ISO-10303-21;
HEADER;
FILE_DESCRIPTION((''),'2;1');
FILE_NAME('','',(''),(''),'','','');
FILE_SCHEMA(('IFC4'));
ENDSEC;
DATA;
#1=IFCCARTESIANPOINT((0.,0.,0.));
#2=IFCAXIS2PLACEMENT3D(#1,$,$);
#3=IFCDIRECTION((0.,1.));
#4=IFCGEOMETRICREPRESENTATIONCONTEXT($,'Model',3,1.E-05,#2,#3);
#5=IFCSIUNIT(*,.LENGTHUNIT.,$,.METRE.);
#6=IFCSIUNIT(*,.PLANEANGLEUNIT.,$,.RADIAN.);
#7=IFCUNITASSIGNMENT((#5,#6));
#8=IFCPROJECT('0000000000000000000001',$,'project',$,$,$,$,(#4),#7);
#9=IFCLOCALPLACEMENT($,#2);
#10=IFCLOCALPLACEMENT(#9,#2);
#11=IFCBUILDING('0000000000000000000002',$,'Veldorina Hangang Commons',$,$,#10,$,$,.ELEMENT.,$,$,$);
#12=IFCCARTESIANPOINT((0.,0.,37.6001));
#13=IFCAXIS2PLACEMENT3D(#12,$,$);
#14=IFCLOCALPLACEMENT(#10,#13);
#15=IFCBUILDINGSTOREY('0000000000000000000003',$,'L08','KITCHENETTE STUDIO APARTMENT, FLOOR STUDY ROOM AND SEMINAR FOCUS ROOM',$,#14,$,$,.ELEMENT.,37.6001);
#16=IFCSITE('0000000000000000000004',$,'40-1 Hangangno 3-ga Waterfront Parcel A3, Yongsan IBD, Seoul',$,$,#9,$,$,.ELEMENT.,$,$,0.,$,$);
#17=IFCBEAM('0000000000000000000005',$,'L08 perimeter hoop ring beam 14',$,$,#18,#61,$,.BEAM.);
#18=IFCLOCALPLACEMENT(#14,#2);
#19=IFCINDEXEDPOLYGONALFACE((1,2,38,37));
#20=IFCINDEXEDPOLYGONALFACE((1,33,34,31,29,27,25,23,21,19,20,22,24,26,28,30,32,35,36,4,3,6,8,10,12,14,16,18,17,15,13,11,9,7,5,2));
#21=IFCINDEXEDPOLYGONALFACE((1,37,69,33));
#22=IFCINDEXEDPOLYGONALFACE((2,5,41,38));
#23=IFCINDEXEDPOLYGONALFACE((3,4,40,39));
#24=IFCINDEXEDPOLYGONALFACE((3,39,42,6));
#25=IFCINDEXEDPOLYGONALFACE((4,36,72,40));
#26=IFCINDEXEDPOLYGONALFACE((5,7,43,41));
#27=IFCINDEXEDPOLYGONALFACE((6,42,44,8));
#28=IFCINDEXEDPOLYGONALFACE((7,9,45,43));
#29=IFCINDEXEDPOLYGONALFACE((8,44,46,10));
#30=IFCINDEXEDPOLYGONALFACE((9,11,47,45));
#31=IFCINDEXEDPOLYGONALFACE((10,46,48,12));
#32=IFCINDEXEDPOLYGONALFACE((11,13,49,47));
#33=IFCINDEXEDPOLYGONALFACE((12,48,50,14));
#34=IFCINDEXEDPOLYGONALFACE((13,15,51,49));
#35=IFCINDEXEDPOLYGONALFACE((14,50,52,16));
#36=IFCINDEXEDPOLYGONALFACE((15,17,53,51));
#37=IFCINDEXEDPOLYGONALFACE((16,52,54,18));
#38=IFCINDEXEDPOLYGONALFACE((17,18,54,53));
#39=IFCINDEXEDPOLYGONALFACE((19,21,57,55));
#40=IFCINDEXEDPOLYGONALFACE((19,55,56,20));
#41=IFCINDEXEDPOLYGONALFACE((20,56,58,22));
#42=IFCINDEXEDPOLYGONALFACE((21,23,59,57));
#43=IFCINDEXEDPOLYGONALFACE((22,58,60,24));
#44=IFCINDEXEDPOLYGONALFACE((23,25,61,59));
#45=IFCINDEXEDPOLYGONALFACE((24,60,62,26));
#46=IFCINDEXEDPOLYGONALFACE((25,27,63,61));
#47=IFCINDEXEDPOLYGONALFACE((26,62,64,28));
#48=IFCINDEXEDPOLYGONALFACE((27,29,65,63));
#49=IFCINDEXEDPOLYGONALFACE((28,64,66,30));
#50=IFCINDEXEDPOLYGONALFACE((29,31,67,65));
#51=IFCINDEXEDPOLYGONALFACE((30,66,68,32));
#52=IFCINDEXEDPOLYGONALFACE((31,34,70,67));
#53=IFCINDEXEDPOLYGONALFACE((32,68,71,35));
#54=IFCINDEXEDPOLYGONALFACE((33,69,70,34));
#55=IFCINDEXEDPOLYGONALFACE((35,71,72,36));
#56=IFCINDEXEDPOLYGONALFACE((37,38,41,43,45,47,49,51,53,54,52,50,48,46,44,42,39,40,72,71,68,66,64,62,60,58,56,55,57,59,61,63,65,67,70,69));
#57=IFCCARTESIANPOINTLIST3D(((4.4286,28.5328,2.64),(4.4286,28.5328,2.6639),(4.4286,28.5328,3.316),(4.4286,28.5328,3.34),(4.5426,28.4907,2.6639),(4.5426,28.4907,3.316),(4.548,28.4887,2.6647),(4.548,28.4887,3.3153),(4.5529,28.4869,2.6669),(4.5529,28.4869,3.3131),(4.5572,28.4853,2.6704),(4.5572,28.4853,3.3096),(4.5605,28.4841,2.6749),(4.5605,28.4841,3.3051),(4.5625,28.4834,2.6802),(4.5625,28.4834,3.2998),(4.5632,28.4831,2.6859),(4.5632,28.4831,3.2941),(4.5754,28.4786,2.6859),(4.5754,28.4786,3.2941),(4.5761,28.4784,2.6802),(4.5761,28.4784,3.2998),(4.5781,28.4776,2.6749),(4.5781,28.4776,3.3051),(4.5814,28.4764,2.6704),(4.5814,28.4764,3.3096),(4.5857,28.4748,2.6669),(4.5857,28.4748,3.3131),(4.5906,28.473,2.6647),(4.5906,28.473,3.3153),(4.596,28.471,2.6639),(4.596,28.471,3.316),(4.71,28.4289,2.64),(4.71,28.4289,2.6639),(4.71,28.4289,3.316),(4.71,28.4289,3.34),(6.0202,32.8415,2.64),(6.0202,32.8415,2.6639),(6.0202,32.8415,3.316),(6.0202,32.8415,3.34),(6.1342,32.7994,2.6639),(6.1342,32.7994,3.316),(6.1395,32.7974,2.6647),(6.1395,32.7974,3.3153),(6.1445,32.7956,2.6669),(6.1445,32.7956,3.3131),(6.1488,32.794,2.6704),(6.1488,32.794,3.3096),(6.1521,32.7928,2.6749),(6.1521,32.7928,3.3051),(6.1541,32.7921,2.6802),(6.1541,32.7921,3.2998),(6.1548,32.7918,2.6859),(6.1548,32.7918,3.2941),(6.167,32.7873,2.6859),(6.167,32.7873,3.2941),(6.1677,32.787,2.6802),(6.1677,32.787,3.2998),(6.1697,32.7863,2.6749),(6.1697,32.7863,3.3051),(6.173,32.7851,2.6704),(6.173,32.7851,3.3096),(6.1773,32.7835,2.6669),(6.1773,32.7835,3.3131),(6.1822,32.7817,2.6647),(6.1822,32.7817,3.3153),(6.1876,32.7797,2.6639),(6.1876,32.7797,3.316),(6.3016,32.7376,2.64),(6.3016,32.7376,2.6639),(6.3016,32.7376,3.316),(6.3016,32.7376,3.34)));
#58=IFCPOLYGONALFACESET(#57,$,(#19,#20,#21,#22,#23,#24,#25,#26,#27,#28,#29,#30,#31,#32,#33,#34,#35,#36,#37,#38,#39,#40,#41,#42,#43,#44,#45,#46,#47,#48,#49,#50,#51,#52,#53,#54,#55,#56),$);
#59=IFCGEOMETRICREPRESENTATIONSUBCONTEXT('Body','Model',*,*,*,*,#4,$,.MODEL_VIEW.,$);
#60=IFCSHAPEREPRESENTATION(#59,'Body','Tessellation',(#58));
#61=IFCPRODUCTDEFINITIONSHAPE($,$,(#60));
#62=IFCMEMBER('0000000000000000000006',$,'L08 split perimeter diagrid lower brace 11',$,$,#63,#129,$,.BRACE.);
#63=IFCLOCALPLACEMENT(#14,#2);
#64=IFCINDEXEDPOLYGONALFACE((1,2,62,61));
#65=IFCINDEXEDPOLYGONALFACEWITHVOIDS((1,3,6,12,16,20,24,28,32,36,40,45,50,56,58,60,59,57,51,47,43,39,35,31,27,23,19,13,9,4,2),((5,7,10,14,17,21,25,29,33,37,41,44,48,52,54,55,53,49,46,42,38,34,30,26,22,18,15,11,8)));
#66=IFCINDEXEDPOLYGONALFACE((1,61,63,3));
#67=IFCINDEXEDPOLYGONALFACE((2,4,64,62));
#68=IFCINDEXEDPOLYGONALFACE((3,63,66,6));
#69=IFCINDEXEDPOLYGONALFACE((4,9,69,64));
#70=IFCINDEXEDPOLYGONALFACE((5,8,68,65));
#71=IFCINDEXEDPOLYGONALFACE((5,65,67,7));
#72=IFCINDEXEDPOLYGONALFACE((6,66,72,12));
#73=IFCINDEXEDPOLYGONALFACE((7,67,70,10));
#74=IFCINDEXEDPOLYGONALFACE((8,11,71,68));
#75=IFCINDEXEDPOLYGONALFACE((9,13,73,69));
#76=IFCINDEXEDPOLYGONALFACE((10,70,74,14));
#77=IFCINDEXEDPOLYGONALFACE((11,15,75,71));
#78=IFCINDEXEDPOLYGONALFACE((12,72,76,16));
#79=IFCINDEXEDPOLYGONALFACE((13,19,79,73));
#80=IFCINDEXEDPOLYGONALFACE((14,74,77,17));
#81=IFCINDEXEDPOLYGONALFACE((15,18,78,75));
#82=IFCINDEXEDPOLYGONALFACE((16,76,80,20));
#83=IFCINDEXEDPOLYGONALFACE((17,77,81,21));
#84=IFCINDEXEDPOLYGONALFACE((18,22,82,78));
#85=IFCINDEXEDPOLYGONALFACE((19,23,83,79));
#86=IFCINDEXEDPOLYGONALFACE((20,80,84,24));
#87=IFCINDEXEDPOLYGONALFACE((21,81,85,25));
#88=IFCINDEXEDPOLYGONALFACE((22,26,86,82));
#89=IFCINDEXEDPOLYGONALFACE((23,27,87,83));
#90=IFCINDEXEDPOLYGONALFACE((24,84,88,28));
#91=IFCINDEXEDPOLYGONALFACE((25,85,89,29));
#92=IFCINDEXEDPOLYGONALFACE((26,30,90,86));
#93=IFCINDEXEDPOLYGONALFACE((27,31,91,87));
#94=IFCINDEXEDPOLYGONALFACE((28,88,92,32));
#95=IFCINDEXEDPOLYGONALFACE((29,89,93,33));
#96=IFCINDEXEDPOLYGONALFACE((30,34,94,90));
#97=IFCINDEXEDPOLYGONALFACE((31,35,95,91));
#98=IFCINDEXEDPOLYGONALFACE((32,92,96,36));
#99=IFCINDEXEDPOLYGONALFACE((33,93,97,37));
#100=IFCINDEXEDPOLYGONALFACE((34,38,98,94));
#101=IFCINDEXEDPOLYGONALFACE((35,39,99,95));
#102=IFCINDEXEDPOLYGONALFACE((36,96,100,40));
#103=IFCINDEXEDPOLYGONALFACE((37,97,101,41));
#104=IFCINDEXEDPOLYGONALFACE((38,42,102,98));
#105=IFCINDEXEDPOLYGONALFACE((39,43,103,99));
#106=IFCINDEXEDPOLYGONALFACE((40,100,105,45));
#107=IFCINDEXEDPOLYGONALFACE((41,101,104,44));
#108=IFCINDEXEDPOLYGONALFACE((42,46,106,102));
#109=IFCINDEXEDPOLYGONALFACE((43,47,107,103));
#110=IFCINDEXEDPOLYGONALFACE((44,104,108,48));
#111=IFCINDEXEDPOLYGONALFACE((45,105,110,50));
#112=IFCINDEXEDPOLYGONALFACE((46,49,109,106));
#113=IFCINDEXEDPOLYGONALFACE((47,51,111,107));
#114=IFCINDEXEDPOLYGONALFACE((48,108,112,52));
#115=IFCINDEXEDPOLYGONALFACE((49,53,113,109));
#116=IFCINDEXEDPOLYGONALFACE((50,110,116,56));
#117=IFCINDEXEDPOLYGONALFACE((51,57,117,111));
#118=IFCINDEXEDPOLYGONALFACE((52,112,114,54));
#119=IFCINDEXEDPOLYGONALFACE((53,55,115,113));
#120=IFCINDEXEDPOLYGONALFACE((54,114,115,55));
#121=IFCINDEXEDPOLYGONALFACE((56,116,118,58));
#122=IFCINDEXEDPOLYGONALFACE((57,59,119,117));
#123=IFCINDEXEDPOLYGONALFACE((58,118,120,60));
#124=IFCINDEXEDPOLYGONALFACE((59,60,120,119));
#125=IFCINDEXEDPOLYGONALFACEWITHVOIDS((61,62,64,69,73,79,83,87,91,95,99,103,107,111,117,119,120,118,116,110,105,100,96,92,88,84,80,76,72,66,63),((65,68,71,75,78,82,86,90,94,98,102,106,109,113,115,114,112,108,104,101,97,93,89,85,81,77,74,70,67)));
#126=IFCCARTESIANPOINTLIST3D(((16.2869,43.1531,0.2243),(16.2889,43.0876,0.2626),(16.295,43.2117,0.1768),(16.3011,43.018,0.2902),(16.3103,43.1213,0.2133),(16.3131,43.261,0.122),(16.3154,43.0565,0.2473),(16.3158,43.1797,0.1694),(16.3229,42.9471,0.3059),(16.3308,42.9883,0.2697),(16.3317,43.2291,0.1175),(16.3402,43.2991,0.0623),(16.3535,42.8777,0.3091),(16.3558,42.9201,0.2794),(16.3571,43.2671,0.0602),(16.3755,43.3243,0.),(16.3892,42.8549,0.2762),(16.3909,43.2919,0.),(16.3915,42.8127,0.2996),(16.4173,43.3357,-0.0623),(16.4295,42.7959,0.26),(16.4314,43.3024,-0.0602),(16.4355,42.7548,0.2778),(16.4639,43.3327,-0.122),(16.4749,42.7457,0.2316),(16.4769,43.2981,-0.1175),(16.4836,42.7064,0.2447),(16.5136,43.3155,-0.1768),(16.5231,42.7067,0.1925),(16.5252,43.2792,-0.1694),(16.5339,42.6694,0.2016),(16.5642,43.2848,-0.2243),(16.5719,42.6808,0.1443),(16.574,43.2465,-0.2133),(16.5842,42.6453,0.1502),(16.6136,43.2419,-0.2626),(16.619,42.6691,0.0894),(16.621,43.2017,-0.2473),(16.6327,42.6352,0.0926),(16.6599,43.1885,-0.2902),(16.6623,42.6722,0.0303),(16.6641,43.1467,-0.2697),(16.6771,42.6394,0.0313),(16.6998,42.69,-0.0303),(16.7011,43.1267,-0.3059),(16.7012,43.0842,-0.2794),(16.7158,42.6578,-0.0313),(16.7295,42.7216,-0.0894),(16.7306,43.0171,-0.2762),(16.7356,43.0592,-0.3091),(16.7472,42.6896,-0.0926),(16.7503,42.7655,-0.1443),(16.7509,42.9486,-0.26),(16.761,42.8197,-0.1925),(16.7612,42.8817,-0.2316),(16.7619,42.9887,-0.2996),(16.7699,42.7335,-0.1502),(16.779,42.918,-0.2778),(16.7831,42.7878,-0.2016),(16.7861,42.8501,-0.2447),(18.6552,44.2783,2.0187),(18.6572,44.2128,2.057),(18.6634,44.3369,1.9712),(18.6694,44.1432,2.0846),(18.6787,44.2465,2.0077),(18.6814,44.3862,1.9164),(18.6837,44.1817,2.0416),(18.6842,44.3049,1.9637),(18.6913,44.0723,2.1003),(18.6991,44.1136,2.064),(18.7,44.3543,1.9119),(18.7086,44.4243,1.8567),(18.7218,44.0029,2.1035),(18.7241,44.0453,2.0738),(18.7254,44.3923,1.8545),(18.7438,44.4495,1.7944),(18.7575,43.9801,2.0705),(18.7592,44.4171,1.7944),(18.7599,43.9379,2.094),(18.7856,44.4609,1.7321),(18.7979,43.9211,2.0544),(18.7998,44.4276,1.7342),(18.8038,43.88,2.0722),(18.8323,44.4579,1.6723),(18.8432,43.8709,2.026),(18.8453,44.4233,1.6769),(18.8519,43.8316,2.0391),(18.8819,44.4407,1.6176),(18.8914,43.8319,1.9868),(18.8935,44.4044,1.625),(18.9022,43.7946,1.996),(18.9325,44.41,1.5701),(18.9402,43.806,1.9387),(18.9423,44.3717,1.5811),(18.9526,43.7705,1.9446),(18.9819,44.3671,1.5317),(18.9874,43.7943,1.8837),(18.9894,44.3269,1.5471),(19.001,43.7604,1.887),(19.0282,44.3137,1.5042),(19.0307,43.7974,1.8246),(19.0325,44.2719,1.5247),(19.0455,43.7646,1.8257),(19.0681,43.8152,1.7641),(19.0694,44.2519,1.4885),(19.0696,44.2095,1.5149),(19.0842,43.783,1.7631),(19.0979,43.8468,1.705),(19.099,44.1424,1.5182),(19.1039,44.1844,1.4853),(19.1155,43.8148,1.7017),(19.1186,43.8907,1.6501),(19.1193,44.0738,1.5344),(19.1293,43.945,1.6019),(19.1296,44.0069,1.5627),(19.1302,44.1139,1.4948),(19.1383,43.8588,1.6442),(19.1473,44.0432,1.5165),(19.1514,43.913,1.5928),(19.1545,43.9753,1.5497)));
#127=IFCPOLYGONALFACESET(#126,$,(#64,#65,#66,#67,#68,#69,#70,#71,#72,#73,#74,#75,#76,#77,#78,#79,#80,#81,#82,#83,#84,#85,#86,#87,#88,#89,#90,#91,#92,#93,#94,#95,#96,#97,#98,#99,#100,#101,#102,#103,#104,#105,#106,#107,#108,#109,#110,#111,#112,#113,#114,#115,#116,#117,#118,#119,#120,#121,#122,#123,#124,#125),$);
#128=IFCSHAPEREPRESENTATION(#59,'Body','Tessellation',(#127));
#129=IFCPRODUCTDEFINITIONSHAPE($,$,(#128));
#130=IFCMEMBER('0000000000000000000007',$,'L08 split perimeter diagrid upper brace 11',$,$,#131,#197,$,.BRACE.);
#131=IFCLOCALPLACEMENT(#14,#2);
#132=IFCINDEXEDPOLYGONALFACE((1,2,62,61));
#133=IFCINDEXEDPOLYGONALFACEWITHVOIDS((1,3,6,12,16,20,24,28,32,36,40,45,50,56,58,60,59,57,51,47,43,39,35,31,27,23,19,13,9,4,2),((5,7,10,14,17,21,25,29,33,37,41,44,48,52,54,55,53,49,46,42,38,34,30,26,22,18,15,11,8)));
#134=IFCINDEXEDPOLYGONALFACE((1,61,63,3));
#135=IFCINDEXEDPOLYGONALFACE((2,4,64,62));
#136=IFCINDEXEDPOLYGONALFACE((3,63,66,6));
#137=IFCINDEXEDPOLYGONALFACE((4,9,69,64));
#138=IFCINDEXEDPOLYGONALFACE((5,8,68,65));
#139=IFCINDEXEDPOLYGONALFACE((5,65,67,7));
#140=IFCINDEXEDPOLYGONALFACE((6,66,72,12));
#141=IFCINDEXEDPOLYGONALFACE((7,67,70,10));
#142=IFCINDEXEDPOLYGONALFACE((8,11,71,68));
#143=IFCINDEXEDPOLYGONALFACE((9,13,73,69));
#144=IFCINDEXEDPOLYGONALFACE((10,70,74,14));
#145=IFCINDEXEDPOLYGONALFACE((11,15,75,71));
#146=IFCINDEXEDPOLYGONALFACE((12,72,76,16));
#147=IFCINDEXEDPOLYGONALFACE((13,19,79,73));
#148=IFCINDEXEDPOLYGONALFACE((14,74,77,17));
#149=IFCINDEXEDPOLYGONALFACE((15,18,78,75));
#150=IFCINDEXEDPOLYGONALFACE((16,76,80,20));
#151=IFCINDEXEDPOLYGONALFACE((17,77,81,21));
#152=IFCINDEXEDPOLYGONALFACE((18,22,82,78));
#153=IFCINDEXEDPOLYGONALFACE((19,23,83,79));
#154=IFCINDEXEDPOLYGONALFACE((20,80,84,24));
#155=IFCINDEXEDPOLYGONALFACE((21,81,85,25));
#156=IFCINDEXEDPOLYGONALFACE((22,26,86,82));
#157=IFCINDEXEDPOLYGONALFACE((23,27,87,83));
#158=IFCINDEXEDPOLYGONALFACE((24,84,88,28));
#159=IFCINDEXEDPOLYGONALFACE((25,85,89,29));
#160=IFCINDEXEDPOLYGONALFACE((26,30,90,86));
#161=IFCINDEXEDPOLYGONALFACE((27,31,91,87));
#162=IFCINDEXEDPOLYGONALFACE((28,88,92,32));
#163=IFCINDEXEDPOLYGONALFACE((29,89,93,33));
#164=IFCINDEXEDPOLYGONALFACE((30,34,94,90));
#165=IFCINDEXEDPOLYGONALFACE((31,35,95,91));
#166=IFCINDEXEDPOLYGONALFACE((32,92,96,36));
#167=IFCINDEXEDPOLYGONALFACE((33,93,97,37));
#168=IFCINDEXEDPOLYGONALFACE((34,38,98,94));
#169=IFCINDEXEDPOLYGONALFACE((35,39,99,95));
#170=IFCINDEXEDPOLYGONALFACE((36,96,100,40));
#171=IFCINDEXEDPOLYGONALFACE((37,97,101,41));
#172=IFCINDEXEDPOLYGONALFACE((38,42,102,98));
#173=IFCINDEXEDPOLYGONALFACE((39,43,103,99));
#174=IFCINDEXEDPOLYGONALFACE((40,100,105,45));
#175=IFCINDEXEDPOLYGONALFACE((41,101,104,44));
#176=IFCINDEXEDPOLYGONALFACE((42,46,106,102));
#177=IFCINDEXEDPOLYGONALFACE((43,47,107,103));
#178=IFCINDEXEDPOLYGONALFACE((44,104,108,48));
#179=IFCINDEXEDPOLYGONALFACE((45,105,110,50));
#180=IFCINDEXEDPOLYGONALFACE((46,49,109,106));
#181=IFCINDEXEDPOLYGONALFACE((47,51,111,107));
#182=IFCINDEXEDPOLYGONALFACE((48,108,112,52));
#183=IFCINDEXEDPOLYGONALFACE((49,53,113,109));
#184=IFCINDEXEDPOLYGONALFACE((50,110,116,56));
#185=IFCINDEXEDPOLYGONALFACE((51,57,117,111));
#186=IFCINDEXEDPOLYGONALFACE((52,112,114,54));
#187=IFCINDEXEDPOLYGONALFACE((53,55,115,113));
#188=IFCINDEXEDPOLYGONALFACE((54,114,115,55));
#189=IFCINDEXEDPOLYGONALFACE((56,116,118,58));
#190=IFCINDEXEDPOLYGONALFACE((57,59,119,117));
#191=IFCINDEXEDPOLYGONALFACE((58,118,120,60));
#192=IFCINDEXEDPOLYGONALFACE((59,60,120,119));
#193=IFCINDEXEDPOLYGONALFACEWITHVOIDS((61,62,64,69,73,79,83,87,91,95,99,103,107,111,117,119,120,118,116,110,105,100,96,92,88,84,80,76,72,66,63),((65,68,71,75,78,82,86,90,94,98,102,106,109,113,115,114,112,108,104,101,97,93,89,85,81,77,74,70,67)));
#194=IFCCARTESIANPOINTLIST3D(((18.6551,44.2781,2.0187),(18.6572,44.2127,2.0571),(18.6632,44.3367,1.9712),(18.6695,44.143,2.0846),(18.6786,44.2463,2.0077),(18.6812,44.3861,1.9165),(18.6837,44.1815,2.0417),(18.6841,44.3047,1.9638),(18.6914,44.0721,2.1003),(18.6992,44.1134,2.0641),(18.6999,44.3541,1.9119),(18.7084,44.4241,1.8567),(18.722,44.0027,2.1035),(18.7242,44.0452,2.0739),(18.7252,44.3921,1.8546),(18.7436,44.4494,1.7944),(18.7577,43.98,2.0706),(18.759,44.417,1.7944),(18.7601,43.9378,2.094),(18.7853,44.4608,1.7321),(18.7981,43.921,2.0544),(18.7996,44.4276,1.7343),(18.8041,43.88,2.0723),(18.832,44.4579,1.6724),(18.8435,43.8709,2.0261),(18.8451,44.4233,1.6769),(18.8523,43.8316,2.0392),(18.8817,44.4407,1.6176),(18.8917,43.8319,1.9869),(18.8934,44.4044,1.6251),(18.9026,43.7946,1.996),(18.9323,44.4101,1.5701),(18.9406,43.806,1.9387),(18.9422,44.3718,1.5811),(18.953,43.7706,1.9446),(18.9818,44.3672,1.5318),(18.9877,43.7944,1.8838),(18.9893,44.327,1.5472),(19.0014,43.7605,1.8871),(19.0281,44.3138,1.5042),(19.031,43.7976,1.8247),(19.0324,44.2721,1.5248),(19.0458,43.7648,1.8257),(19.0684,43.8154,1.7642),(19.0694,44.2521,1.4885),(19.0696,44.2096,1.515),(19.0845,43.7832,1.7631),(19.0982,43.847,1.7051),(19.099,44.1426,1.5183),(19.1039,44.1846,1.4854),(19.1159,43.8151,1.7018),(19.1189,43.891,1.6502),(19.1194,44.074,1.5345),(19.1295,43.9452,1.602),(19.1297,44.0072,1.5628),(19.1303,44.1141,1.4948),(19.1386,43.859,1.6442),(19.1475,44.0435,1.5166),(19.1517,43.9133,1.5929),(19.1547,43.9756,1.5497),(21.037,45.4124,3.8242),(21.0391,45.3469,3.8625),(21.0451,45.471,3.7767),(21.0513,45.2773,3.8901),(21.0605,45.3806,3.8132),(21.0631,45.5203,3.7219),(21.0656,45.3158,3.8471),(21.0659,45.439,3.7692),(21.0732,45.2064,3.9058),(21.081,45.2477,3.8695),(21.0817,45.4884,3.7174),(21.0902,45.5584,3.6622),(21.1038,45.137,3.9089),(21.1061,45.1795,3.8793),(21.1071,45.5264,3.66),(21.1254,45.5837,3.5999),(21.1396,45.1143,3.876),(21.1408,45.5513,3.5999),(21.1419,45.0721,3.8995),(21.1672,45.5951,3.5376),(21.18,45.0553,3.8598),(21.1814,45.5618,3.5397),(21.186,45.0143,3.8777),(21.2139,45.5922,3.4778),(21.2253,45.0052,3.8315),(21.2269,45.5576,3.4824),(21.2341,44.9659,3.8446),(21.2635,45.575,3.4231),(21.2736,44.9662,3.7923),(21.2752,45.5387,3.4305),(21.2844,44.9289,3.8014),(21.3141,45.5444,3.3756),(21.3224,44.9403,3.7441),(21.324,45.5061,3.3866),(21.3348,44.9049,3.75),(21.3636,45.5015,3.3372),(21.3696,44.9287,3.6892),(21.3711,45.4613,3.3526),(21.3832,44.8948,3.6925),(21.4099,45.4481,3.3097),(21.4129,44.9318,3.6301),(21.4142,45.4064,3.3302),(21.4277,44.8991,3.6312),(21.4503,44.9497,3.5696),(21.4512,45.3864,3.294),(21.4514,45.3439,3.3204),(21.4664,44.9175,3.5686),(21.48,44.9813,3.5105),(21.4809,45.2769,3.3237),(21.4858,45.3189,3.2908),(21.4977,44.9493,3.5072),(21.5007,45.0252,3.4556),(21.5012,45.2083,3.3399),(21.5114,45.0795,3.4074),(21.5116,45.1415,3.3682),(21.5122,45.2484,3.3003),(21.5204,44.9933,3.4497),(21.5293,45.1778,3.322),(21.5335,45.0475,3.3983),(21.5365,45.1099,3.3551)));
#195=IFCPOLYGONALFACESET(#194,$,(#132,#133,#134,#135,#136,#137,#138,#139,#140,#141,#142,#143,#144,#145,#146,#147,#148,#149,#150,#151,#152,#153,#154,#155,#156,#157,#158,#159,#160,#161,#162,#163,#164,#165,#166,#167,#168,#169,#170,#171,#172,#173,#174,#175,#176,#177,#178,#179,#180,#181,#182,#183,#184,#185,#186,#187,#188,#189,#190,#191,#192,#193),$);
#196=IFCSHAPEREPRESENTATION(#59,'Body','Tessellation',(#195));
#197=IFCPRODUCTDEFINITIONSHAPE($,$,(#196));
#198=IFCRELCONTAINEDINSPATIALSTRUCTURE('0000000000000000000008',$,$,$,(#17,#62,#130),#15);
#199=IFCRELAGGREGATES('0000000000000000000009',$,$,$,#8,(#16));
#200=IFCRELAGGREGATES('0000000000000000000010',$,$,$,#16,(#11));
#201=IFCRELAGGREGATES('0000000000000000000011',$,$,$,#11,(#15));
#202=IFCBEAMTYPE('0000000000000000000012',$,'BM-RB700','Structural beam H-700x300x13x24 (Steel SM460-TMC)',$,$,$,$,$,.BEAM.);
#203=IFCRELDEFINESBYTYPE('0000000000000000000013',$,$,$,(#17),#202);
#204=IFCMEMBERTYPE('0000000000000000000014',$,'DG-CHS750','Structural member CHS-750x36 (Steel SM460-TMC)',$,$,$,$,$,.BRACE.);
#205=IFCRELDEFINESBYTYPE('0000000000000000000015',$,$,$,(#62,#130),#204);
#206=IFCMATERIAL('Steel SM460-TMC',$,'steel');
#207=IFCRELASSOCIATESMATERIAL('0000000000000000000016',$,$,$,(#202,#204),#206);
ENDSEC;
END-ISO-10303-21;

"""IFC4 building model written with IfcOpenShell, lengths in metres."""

from ifc_helpers import new_model, si_unit, direction, frame, origin, origin_2d, place, context, subcontext, project, spatial, hollow_circle, i_section, extrude, material, material_profile, profile_set, type_object, element, save


model = new_model("IFC4")

# Units and contexts
model_context = context("Model", 3, precision=1e-05, world=origin(), true_north=direction((0.0, 1.0)))
body_context = subcontext(model_context, "Body", "Model", "MODEL_VIEW")
ifc_project = project(units=[si_unit("LENGTHUNIT", "METRE"), si_unit("PLANEANGLEUNIT", "RADIAN")], contexts=[model_context])

# Site, building, storey
site_placement = place(None, origin())
site = spatial("IfcSite", under=ifc_project, at=site_placement, Name="40-1 Hangangno 3-ga Waterfront Parcel A3, Yongsan IBD, Seoul", CompositionType="ELEMENT", RefElevation=0.0)
building_placement = place(site_placement, origin())
building = spatial("IfcBuilding", under=site, at=building_placement, Name="Veldorina Hangang Commons", CompositionType="ELEMENT")
storey_placement = place(building_placement, frame((0.0, 0.0, 37.6001)))
storey = spatial("IfcBuildingStorey", under=building, at=storey_placement, Name="L08", Description="KITCHENETTE STUDIO APARTMENT, FLOOR STUDY ROOM AND SEMINAR FOCUS ROOM", CompositionType="ELEMENT", Elevation=37.6001)

# Beam
ifc_material_1 = material(Name="Steel SM460-TMC", Category="steel")
ifc_material_profile_1 = material_profile(ifc_material_1, i_section(OverallWidth=0.3, OverallDepth=0.7, WebThickness=0.0129, FlangeThickness=0.0239, FilletRadius=0.022, at=origin_2d()), Name="H-700x300x13x24")
ifc_profile_set_1 = profile_set([ifc_material_profile_1], Name="Steel SM460-TMC")
beam_type_1 = type_object("IfcBeamType", Name="BM-RB700", Description="Structural beam H-700x300x13x24 (Steel SM460-TMC)", PredefinedType="BEAM", material=ifc_profile_set_1)
beam_1_placement = place(storey_placement, frame((6.1609, 32.7896, 2.99), z_axis=(-0.346506, -0.938048, 0.0), x_axis=(0.938048, -0.346506, 0.0)))
element("IfcBeam", 1, at=beam_1_placement, inside=storey, type_object=beam_type_1, Name="L08 perimeter hoop ring beam 14", PredefinedType="BEAM", context=body_context, shape_type="SweptSolid", body=[
    extrude(i_section(OverallWidth=0.3, OverallDepth=0.7, WebThickness=0.0129, FlangeThickness=0.0239, FilletRadius=0.022, at=origin_2d()), origin(), (0.0, 0.0, 1.0), 4.5933),
])

# Members
ifc_material_profile_2 = material_profile(ifc_material_1, hollow_circle(Radius=0.375, WallThickness=0.0359, at=origin_2d()), Name="CHS-750x36")
ifc_profile_set_2 = profile_set([ifc_material_profile_2], Name="Steel SM460-TMC")
member_type = type_object("IfcMemberType", Name="DG-CHS750", Description="Structural member CHS-750x36 (Steel SM460-TMC)", PredefinedType="BRACE", material=ifc_profile_set_2)
member_1_placement = place(storey_placement, frame((16.5364, 42.9856, 0.0), z_axis=(0.745405, 0.354146, 0.564759), x_axis=(-0.429135, 0.903241, 0.0)))
element("IfcMember", 2, at=member_1_placement, inside=storey, type_object=member_type, Name="L08 split perimeter diagrid lower brace 11", PredefinedType="BRACE", context=body_context, shape_type="SweptSolid", body=[
    extrude(hollow_circle(Radius=0.375, WallThickness=0.0359, at=origin_2d()), origin(), (0.0, 0.0, 1.0), 3.1772),
])
member_2_placement = place(storey_placement, frame((18.9048, 44.1108, 1.7944), z_axis=(0.745078, 0.354821, 0.564766), x_axis=(-0.429955, 0.90285, 0.0)))
element("IfcMember", 3, at=member_2_placement, inside=storey, type_object=member_type, Name="L08 split perimeter diagrid upper brace 11", PredefinedType="BRACE", context=body_context, shape_type="SweptSolid", body=[
    extrude(hollow_circle(Radius=0.375, WallThickness=0.0359, at=origin_2d()), origin(), (0.0, 0.0, 1.0), 3.1968),
])

save(model, "model.ifc")
